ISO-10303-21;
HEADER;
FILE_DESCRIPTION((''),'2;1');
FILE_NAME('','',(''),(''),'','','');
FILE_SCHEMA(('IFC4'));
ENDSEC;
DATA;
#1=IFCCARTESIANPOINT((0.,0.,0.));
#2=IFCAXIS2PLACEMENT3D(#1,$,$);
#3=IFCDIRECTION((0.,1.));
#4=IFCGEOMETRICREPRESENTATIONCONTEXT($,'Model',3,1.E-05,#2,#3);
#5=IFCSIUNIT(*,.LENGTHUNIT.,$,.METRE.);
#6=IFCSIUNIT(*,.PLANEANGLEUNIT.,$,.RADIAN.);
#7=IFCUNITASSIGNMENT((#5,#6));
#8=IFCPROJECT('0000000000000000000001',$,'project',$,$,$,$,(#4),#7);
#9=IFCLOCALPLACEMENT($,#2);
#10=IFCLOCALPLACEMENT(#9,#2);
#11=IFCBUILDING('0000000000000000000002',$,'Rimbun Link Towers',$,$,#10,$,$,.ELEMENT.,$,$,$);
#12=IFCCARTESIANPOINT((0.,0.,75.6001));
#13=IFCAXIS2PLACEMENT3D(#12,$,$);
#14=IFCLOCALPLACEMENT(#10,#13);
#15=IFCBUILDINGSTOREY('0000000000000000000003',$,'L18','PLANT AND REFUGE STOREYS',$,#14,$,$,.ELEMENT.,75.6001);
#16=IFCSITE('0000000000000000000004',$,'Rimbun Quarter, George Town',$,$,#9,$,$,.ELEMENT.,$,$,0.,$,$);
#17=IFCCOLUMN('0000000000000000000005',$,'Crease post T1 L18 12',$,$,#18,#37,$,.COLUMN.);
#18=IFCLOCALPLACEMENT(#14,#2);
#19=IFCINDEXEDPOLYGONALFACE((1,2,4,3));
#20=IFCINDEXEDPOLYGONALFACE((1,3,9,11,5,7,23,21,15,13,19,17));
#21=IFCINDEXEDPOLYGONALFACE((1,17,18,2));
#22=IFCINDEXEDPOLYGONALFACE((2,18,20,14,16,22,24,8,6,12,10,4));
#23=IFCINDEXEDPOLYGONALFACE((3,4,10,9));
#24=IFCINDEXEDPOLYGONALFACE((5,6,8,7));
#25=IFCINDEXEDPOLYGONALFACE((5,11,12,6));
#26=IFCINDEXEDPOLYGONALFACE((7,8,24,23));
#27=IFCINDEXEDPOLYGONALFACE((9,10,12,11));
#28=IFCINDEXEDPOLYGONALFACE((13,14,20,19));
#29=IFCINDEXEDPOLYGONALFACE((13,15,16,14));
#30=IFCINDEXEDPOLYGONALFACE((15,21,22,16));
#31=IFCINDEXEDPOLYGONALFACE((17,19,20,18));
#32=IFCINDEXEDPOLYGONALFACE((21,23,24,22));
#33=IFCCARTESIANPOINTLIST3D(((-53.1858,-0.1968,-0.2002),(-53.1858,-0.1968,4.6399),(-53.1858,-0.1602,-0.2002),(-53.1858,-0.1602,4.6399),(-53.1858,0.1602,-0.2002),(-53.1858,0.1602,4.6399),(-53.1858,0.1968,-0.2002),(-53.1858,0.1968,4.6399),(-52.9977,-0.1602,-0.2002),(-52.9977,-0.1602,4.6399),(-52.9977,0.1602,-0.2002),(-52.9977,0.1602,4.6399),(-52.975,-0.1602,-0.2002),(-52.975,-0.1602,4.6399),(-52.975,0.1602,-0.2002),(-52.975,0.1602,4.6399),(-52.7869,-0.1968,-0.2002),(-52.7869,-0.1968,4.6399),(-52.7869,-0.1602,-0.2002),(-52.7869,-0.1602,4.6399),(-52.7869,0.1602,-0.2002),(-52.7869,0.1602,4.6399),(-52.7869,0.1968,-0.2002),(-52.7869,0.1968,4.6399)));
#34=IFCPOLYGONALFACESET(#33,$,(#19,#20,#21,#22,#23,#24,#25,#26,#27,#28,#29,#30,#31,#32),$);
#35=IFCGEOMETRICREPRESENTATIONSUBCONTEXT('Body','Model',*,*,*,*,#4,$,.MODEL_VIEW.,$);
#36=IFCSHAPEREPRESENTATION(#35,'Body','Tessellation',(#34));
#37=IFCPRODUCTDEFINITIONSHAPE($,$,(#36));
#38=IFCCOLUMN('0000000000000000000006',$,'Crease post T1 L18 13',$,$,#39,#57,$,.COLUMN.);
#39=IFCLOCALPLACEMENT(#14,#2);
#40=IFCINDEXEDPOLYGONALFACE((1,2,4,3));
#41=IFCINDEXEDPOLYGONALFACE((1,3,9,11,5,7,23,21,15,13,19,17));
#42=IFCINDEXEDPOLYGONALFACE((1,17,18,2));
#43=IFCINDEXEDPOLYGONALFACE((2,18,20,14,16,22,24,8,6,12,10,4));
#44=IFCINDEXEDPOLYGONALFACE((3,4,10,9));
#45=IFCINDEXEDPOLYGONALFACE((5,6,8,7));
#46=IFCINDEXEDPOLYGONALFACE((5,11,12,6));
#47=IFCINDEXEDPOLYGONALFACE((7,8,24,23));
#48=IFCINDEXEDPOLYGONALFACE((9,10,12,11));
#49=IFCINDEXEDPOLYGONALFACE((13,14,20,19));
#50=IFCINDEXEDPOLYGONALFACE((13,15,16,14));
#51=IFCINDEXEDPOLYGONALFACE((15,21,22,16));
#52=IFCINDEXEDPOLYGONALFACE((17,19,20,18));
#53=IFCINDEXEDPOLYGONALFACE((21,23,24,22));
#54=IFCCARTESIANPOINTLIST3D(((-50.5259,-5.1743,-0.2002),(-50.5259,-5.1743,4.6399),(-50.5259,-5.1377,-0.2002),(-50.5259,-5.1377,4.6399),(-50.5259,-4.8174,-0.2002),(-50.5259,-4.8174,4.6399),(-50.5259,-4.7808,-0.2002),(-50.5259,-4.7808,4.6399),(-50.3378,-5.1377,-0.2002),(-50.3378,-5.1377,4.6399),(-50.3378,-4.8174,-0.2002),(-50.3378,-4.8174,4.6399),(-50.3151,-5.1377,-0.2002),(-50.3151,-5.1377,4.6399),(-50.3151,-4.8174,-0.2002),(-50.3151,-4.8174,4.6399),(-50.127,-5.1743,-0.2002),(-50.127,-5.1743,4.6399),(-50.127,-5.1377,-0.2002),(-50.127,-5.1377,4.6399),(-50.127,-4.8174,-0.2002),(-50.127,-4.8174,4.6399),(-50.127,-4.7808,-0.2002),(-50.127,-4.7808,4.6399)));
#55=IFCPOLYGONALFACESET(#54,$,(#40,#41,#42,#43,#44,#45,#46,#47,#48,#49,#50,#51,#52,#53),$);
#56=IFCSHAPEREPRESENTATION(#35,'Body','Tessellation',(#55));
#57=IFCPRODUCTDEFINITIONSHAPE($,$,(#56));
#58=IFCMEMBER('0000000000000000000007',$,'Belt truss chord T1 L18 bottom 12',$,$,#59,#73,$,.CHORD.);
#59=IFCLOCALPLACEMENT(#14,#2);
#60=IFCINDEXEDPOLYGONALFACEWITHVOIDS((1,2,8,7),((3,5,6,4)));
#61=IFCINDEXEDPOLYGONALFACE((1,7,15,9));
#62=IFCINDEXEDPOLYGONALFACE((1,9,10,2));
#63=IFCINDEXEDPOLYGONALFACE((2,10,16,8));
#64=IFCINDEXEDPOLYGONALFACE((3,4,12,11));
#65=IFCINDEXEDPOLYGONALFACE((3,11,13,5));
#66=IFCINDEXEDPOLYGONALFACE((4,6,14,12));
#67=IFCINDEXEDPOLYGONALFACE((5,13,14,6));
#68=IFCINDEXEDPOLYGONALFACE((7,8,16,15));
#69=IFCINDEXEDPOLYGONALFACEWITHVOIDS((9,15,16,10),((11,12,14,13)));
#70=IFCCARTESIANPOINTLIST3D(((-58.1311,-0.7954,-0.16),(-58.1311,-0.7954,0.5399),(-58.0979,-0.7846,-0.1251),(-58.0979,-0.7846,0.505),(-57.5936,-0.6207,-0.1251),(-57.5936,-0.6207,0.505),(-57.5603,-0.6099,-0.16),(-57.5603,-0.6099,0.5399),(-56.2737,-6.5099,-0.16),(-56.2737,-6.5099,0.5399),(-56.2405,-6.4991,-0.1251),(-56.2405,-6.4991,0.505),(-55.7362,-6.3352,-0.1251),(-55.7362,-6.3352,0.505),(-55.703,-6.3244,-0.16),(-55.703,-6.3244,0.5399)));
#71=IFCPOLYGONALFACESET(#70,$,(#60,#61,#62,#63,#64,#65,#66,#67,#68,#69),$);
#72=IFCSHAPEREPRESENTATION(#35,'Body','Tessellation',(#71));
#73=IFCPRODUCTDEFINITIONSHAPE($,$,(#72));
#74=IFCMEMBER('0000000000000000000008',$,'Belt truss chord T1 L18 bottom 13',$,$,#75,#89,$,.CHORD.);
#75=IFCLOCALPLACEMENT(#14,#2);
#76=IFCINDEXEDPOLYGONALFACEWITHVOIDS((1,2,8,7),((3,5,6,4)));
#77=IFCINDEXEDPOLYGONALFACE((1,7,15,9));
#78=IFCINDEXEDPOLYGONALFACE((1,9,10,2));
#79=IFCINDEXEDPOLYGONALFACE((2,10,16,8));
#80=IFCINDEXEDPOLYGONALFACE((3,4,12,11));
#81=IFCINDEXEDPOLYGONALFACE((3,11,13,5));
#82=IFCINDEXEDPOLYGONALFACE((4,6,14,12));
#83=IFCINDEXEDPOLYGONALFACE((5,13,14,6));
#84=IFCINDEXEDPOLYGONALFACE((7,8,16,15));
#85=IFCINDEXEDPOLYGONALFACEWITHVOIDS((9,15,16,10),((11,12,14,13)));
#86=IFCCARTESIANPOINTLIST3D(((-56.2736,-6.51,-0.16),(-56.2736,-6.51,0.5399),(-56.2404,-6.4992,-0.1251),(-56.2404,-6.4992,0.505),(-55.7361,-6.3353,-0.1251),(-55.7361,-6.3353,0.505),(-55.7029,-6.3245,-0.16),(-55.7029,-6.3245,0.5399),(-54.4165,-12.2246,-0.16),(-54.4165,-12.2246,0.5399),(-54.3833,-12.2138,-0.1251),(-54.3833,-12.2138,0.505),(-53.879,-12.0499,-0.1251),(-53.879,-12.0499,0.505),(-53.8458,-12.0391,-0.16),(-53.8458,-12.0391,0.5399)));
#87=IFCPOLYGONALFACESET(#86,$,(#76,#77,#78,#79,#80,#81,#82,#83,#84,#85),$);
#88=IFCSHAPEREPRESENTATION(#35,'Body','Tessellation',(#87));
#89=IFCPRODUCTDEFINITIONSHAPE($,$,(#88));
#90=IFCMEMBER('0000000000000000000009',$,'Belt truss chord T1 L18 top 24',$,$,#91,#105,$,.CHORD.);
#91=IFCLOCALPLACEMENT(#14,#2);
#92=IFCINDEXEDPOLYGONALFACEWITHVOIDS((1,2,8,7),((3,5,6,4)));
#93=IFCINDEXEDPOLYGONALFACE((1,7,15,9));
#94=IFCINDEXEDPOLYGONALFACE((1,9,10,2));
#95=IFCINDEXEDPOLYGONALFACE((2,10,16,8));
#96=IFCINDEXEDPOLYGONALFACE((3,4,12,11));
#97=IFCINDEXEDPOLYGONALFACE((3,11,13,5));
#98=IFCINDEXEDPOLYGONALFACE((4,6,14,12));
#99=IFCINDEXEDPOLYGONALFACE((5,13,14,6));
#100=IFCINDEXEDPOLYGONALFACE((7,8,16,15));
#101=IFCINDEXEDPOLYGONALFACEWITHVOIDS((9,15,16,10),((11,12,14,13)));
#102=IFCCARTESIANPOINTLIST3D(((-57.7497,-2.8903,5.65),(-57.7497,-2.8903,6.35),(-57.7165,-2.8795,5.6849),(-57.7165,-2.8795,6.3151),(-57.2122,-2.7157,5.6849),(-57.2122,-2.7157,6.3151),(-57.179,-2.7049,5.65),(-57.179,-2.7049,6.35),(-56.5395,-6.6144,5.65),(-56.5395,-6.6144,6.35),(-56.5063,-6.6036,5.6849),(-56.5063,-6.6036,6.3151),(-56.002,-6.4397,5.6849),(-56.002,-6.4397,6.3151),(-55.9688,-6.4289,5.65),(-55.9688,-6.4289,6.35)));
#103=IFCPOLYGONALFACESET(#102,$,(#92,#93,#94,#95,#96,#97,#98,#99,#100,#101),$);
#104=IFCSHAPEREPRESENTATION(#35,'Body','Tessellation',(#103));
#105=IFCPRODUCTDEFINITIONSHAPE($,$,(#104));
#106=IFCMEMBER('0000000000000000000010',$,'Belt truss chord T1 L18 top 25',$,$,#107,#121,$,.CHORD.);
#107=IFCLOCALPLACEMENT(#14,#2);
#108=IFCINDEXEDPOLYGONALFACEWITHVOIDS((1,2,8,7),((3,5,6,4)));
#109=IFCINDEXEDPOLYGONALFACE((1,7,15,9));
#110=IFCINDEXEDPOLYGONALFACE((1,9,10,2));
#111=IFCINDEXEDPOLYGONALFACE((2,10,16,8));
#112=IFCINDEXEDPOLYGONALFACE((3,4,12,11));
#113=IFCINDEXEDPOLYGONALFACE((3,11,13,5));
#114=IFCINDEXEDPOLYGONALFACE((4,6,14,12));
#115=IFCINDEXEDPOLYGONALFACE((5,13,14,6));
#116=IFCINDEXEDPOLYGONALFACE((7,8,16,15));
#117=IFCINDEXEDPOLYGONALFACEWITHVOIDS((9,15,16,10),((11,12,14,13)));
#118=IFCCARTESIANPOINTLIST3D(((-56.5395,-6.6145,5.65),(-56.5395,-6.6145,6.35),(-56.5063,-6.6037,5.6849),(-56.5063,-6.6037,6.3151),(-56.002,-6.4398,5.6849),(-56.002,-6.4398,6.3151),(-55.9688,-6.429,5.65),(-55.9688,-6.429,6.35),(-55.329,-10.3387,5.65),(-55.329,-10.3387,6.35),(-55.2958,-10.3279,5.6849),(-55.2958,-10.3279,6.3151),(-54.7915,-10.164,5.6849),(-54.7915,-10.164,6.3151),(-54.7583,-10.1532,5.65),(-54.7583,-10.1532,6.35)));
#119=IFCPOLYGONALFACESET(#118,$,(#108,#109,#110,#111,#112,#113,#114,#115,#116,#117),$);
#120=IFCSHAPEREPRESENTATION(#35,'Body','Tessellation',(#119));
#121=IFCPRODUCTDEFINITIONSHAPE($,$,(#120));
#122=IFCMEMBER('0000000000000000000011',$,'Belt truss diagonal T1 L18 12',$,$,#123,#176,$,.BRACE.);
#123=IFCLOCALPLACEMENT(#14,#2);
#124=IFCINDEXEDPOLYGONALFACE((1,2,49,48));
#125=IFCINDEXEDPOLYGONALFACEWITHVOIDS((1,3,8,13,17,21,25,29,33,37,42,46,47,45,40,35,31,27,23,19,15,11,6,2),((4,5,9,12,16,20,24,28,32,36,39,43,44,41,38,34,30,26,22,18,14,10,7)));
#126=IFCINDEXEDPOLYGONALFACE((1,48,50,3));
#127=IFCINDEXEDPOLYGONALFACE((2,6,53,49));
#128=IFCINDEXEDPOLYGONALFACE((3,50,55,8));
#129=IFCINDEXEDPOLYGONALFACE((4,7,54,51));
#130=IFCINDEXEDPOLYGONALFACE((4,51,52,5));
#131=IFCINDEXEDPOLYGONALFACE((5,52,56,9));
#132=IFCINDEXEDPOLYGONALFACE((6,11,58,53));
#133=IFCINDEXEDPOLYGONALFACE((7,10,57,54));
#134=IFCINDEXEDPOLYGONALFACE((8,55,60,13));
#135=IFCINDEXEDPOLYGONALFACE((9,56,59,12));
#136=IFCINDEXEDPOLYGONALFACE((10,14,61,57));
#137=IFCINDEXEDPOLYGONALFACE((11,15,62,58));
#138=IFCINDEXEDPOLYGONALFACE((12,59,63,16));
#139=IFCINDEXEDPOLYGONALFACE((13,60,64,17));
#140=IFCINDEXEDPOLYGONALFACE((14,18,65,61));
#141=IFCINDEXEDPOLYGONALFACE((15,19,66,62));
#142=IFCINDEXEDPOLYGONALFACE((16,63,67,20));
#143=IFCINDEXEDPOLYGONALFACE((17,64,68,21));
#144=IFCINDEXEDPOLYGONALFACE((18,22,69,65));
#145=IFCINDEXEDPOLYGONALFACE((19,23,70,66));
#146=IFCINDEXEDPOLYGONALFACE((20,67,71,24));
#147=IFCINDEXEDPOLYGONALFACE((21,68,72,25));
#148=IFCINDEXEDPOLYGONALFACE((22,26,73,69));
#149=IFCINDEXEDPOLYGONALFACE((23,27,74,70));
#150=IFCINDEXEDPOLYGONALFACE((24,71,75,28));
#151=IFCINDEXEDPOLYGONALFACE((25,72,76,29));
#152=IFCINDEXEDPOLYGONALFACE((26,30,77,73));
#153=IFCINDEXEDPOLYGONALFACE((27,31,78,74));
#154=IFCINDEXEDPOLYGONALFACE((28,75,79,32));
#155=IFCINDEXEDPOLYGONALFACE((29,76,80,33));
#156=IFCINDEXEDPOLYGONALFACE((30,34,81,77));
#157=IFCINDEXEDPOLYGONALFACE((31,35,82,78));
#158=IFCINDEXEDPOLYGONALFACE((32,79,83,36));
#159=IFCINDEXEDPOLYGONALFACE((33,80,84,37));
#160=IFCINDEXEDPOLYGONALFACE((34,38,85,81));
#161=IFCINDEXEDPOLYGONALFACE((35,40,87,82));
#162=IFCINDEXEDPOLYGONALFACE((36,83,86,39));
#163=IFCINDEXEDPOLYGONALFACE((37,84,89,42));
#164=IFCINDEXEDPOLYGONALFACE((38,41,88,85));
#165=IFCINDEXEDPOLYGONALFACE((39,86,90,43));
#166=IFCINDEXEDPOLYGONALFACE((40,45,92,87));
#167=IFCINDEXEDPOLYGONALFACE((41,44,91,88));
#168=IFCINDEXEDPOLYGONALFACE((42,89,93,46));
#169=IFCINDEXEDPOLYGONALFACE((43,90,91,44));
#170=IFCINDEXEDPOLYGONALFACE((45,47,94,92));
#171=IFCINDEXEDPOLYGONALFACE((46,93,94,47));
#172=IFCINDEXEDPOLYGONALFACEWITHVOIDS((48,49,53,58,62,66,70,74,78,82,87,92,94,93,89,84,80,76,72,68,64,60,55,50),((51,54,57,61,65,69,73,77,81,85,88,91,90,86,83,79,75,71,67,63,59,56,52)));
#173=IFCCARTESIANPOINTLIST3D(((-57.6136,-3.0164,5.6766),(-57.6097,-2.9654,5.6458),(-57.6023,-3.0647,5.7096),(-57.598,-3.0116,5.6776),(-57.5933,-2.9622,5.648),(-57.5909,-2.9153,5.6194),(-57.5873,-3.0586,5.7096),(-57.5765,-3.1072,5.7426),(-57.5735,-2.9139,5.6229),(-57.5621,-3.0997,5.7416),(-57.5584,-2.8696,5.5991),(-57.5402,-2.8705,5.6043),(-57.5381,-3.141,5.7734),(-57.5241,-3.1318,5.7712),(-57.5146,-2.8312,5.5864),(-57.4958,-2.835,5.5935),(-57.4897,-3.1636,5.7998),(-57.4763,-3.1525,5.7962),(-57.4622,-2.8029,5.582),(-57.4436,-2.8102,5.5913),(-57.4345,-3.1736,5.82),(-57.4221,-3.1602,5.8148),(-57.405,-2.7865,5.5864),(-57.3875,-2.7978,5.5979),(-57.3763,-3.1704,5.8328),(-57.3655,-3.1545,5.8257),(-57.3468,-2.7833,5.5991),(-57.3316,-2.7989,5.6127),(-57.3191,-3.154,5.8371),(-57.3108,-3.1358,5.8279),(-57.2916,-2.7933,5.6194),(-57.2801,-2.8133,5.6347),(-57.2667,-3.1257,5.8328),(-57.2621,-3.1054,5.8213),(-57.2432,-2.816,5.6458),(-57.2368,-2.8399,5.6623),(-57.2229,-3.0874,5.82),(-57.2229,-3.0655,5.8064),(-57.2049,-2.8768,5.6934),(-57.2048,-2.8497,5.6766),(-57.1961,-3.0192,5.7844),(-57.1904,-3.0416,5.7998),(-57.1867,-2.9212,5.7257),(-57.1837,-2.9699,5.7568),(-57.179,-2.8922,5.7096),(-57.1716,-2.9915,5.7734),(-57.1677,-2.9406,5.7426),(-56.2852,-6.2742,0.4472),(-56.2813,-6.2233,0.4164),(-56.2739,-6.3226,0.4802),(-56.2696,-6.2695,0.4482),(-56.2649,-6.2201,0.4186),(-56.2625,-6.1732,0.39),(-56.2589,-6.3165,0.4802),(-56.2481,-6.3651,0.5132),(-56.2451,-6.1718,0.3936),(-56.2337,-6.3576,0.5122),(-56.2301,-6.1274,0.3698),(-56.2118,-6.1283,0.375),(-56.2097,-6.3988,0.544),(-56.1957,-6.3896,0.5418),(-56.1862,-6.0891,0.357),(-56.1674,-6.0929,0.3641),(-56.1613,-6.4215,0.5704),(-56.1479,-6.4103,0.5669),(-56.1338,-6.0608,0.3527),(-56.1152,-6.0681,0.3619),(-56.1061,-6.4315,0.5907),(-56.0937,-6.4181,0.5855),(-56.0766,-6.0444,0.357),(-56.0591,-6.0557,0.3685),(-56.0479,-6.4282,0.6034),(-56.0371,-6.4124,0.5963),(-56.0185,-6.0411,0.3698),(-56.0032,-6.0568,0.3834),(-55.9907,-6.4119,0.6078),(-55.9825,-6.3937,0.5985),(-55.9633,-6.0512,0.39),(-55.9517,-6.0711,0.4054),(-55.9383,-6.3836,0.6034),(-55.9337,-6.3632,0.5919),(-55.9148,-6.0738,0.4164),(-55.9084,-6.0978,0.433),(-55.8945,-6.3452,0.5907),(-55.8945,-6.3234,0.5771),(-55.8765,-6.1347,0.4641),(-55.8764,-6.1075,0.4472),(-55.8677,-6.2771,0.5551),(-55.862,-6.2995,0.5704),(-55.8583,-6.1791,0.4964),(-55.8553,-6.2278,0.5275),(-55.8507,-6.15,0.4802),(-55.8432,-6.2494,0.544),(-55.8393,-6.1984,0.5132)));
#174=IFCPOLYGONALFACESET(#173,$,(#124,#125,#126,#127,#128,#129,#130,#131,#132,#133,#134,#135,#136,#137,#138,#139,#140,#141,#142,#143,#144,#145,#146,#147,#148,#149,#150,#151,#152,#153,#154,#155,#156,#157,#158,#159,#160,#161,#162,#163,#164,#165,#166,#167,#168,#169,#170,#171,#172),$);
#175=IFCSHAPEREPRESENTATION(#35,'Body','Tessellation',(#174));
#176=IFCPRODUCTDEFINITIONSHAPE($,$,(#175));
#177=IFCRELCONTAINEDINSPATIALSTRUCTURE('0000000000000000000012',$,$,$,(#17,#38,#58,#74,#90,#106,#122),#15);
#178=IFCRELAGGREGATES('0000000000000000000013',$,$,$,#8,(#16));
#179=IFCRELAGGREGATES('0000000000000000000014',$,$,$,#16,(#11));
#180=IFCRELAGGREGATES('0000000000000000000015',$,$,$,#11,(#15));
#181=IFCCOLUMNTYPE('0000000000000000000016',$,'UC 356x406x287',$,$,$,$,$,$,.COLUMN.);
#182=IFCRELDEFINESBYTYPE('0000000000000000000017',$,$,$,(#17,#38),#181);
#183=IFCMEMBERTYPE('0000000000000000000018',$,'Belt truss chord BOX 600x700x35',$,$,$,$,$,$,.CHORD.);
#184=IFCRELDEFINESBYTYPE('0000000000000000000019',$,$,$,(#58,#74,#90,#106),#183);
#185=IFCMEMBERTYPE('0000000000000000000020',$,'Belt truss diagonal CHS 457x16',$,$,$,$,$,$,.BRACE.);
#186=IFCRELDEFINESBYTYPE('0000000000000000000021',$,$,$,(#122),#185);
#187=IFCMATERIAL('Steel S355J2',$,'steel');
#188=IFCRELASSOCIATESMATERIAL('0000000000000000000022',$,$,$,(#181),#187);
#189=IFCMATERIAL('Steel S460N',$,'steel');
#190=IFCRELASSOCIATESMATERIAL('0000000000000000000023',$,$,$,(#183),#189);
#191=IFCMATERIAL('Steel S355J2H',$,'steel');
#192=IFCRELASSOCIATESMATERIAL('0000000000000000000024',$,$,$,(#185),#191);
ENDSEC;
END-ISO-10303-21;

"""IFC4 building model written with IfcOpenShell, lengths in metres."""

from ifc_helpers import new_model, si_unit, direction, frame, origin, origin_2d, place, context, subcontext, project, spatial, hollow_rectangle, hollow_circle, i_section, extrude, material, material_profile, profile_set, type_object, element, save


model = new_model("IFC4")

# Units and contexts
model_context = context("Model", 3, precision=1e-05, world=origin(), true_north=direction((0.0, 1.0)))
body_context = subcontext(model_context, "Body", "Model", "MODEL_VIEW")
ifc_project = project(units=[si_unit("LENGTHUNIT", "METRE"), si_unit("PLANEANGLEUNIT", "RADIAN")], contexts=[model_context])

# Site, building, storey
site_placement = place(None, origin())
site = spatial("IfcSite", under=ifc_project, at=site_placement, Name="Rimbun Quarter, George Town", CompositionType="ELEMENT", RefElevation=0.0)
building_placement = place(site_placement, origin())
building = spatial("IfcBuilding", under=site, at=building_placement, Name="Rimbun Link Towers", CompositionType="ELEMENT")
storey_placement = place(building_placement, frame((0.0, 0.0, 75.6001)))
storey = spatial("IfcBuildingStorey", under=building, at=storey_placement, Name="L18", Description="PLANT AND REFUGE STOREYS", CompositionType="ELEMENT", Elevation=75.6001)

# Columns
ifc_material_1 = material(Name="Steel S355J2", Category="steel")
ifc_material_profile_1 = material_profile(ifc_material_1, i_section(OverallWidth=0.3989, OverallDepth=0.3936, WebThickness=0.0227, FlangeThickness=0.0366, at=origin_2d()), Name="UC 356x406x287")
ifc_profile_set_1 = profile_set([ifc_material_profile_1], Name="Steel S355J2")
column_type = type_object("IfcColumnType", Name="UC 356x406x287", PredefinedType="COLUMN", material=ifc_profile_set_1)
for number, where, z_axis, x_axis, name in (
    (1, (-52.9863, 0.0, -0.2002), (0.0, 0.0, 1.0), (1.0, 0.0, 0.0), "Crease post T1 L18 12"),
    (2, (-50.3264, -4.9775, -0.2002), (0.0, 0.0, 1.0), (1.0, 0.0, 0.0), "Crease post T1 L18 13"),
):
    element("IfcColumn", number, at=place(storey_placement, frame(where, z_axis=z_axis, x_axis=x_axis)), inside=storey, type_object=column_type, Name=name, PredefinedType="COLUMN", context=body_context, shape_type="SweptSolid", body=[
        extrude(i_section(OverallWidth=0.3989, OverallDepth=0.3936, WebThickness=0.0227, FlangeThickness=0.0366, at=origin_2d()), origin(), (0.0, 0.0, 1.0), 4.8401),
    ])

# Members
ifc_material_2 = material(Name="Steel S460N", Category="steel")
ifc_material_profile_2 = material_profile(ifc_material_2, hollow_rectangle(XDim=0.6001, YDim=0.7, WallThickness=0.0349, at=origin_2d()), Name="Belt truss chord BOX 600x700x35")
ifc_profile_set_2 = profile_set([ifc_material_profile_2], Name="Steel S460N")
member_type_1 = type_object("IfcMemberType", Name="Belt truss chord BOX 600x700x35", PredefinedType="CHORD", material=ifc_profile_set_2)
for number, where, z_axis, x_axis, name in (
    (3, (-57.8457, -0.7026, 0.1899), (0.309113, -0.951025, 0.0), (0.951025, 0.309113, 0.0), "Belt truss chord T1 L18 bottom 12"),
    (4, (-55.9883, -6.4172, 0.1899), (0.309076, -0.951037, 0.0), (0.951037, 0.309076, 0.0), "Belt truss chord T1 L18 bottom 13"),
):
    element("IfcMember", number, at=place(storey_placement, frame(where, z_axis=z_axis, x_axis=x_axis)), inside=storey, type_object=member_type_1, Name=name, PredefinedType="CHORD", context=body_context, shape_type="SweptSolid", body=[
        extrude(hollow_rectangle(XDim=0.6001, YDim=0.7, WallThickness=0.0349, at=origin_2d()), origin(), (0.0, 0.0, 1.0), 6.0088),
    ])
member_1_placement = place(storey_placement, frame((-57.4644, -2.7976, 6.0), z_axis=(0.309055, -0.951044, 0.0), x_axis=(0.951044, 0.309055, 0.0)))
element("IfcMember", 5, at=member_1_placement, inside=storey, type_object=member_type_1, Name="Belt truss chord T1 L18 top 24", PredefinedType="CHORD", context=body_context, shape_type="SweptSolid", body=[
    extrude(hollow_rectangle(XDim=0.6001, YDim=0.7, WallThickness=0.0349, at=origin_2d()), origin(), (0.0, 0.0, 1.0), 3.9158),
])
member_2_placement = place(storey_placement, frame((-56.2542, -6.5217, 6.0), z_axis=(0.309111, -0.951026, 0.0), x_axis=(0.951026, 0.309111, 0.0)))
element("IfcMember", 6, at=member_2_placement, inside=storey, type_object=member_type_1, Name="Belt truss chord T1 L18 top 25", PredefinedType="CHORD", context=body_context, shape_type="SweptSolid", body=[
    extrude(hollow_rectangle(XDim=0.6001, YDim=0.7, WallThickness=0.0349, at=origin_2d()), origin(), (0.0, 0.0, 1.0), 3.916),
])
ifc_material_3 = material(Name="Steel S355J2H", Category="steel")
ifc_material_profile_3 = material_profile(ifc_material_3, hollow_circle(Radius=0.2285, WallThickness=0.0161, at=origin_2d()), Name="Belt truss diagonal CHS 457x16")
ifc_profile_set_3 = profile_set([ifc_material_profile_3], Name="Steel S355J2H")
member_type_2 = type_object("IfcMemberType", Name="Belt truss diagonal CHS 457x16", PredefinedType="BRACE", material=ifc_profile_set_3)
member_3_placement = place(storey_placement, frame((-56.0623, -6.2363, 0.4802), z_axis=(-0.210765, 0.516899, 0.829695), x_axis=(-0.925982, -0.377568, 0.0)))
element("IfcMember", 7, at=member_3_placement, inside=storey, type_object=member_type_2, Name="Belt truss diagonal T1 L18 12", PredefinedType="BRACE", context=body_context, shape_type="SweptSolid", body=[
    extrude(hollow_circle(Radius=0.2285, WallThickness=0.0161, at=origin_2d()), origin(), (0.0, 0.0, 1.0), 6.3027),
])

save(model, "model.ifc")
